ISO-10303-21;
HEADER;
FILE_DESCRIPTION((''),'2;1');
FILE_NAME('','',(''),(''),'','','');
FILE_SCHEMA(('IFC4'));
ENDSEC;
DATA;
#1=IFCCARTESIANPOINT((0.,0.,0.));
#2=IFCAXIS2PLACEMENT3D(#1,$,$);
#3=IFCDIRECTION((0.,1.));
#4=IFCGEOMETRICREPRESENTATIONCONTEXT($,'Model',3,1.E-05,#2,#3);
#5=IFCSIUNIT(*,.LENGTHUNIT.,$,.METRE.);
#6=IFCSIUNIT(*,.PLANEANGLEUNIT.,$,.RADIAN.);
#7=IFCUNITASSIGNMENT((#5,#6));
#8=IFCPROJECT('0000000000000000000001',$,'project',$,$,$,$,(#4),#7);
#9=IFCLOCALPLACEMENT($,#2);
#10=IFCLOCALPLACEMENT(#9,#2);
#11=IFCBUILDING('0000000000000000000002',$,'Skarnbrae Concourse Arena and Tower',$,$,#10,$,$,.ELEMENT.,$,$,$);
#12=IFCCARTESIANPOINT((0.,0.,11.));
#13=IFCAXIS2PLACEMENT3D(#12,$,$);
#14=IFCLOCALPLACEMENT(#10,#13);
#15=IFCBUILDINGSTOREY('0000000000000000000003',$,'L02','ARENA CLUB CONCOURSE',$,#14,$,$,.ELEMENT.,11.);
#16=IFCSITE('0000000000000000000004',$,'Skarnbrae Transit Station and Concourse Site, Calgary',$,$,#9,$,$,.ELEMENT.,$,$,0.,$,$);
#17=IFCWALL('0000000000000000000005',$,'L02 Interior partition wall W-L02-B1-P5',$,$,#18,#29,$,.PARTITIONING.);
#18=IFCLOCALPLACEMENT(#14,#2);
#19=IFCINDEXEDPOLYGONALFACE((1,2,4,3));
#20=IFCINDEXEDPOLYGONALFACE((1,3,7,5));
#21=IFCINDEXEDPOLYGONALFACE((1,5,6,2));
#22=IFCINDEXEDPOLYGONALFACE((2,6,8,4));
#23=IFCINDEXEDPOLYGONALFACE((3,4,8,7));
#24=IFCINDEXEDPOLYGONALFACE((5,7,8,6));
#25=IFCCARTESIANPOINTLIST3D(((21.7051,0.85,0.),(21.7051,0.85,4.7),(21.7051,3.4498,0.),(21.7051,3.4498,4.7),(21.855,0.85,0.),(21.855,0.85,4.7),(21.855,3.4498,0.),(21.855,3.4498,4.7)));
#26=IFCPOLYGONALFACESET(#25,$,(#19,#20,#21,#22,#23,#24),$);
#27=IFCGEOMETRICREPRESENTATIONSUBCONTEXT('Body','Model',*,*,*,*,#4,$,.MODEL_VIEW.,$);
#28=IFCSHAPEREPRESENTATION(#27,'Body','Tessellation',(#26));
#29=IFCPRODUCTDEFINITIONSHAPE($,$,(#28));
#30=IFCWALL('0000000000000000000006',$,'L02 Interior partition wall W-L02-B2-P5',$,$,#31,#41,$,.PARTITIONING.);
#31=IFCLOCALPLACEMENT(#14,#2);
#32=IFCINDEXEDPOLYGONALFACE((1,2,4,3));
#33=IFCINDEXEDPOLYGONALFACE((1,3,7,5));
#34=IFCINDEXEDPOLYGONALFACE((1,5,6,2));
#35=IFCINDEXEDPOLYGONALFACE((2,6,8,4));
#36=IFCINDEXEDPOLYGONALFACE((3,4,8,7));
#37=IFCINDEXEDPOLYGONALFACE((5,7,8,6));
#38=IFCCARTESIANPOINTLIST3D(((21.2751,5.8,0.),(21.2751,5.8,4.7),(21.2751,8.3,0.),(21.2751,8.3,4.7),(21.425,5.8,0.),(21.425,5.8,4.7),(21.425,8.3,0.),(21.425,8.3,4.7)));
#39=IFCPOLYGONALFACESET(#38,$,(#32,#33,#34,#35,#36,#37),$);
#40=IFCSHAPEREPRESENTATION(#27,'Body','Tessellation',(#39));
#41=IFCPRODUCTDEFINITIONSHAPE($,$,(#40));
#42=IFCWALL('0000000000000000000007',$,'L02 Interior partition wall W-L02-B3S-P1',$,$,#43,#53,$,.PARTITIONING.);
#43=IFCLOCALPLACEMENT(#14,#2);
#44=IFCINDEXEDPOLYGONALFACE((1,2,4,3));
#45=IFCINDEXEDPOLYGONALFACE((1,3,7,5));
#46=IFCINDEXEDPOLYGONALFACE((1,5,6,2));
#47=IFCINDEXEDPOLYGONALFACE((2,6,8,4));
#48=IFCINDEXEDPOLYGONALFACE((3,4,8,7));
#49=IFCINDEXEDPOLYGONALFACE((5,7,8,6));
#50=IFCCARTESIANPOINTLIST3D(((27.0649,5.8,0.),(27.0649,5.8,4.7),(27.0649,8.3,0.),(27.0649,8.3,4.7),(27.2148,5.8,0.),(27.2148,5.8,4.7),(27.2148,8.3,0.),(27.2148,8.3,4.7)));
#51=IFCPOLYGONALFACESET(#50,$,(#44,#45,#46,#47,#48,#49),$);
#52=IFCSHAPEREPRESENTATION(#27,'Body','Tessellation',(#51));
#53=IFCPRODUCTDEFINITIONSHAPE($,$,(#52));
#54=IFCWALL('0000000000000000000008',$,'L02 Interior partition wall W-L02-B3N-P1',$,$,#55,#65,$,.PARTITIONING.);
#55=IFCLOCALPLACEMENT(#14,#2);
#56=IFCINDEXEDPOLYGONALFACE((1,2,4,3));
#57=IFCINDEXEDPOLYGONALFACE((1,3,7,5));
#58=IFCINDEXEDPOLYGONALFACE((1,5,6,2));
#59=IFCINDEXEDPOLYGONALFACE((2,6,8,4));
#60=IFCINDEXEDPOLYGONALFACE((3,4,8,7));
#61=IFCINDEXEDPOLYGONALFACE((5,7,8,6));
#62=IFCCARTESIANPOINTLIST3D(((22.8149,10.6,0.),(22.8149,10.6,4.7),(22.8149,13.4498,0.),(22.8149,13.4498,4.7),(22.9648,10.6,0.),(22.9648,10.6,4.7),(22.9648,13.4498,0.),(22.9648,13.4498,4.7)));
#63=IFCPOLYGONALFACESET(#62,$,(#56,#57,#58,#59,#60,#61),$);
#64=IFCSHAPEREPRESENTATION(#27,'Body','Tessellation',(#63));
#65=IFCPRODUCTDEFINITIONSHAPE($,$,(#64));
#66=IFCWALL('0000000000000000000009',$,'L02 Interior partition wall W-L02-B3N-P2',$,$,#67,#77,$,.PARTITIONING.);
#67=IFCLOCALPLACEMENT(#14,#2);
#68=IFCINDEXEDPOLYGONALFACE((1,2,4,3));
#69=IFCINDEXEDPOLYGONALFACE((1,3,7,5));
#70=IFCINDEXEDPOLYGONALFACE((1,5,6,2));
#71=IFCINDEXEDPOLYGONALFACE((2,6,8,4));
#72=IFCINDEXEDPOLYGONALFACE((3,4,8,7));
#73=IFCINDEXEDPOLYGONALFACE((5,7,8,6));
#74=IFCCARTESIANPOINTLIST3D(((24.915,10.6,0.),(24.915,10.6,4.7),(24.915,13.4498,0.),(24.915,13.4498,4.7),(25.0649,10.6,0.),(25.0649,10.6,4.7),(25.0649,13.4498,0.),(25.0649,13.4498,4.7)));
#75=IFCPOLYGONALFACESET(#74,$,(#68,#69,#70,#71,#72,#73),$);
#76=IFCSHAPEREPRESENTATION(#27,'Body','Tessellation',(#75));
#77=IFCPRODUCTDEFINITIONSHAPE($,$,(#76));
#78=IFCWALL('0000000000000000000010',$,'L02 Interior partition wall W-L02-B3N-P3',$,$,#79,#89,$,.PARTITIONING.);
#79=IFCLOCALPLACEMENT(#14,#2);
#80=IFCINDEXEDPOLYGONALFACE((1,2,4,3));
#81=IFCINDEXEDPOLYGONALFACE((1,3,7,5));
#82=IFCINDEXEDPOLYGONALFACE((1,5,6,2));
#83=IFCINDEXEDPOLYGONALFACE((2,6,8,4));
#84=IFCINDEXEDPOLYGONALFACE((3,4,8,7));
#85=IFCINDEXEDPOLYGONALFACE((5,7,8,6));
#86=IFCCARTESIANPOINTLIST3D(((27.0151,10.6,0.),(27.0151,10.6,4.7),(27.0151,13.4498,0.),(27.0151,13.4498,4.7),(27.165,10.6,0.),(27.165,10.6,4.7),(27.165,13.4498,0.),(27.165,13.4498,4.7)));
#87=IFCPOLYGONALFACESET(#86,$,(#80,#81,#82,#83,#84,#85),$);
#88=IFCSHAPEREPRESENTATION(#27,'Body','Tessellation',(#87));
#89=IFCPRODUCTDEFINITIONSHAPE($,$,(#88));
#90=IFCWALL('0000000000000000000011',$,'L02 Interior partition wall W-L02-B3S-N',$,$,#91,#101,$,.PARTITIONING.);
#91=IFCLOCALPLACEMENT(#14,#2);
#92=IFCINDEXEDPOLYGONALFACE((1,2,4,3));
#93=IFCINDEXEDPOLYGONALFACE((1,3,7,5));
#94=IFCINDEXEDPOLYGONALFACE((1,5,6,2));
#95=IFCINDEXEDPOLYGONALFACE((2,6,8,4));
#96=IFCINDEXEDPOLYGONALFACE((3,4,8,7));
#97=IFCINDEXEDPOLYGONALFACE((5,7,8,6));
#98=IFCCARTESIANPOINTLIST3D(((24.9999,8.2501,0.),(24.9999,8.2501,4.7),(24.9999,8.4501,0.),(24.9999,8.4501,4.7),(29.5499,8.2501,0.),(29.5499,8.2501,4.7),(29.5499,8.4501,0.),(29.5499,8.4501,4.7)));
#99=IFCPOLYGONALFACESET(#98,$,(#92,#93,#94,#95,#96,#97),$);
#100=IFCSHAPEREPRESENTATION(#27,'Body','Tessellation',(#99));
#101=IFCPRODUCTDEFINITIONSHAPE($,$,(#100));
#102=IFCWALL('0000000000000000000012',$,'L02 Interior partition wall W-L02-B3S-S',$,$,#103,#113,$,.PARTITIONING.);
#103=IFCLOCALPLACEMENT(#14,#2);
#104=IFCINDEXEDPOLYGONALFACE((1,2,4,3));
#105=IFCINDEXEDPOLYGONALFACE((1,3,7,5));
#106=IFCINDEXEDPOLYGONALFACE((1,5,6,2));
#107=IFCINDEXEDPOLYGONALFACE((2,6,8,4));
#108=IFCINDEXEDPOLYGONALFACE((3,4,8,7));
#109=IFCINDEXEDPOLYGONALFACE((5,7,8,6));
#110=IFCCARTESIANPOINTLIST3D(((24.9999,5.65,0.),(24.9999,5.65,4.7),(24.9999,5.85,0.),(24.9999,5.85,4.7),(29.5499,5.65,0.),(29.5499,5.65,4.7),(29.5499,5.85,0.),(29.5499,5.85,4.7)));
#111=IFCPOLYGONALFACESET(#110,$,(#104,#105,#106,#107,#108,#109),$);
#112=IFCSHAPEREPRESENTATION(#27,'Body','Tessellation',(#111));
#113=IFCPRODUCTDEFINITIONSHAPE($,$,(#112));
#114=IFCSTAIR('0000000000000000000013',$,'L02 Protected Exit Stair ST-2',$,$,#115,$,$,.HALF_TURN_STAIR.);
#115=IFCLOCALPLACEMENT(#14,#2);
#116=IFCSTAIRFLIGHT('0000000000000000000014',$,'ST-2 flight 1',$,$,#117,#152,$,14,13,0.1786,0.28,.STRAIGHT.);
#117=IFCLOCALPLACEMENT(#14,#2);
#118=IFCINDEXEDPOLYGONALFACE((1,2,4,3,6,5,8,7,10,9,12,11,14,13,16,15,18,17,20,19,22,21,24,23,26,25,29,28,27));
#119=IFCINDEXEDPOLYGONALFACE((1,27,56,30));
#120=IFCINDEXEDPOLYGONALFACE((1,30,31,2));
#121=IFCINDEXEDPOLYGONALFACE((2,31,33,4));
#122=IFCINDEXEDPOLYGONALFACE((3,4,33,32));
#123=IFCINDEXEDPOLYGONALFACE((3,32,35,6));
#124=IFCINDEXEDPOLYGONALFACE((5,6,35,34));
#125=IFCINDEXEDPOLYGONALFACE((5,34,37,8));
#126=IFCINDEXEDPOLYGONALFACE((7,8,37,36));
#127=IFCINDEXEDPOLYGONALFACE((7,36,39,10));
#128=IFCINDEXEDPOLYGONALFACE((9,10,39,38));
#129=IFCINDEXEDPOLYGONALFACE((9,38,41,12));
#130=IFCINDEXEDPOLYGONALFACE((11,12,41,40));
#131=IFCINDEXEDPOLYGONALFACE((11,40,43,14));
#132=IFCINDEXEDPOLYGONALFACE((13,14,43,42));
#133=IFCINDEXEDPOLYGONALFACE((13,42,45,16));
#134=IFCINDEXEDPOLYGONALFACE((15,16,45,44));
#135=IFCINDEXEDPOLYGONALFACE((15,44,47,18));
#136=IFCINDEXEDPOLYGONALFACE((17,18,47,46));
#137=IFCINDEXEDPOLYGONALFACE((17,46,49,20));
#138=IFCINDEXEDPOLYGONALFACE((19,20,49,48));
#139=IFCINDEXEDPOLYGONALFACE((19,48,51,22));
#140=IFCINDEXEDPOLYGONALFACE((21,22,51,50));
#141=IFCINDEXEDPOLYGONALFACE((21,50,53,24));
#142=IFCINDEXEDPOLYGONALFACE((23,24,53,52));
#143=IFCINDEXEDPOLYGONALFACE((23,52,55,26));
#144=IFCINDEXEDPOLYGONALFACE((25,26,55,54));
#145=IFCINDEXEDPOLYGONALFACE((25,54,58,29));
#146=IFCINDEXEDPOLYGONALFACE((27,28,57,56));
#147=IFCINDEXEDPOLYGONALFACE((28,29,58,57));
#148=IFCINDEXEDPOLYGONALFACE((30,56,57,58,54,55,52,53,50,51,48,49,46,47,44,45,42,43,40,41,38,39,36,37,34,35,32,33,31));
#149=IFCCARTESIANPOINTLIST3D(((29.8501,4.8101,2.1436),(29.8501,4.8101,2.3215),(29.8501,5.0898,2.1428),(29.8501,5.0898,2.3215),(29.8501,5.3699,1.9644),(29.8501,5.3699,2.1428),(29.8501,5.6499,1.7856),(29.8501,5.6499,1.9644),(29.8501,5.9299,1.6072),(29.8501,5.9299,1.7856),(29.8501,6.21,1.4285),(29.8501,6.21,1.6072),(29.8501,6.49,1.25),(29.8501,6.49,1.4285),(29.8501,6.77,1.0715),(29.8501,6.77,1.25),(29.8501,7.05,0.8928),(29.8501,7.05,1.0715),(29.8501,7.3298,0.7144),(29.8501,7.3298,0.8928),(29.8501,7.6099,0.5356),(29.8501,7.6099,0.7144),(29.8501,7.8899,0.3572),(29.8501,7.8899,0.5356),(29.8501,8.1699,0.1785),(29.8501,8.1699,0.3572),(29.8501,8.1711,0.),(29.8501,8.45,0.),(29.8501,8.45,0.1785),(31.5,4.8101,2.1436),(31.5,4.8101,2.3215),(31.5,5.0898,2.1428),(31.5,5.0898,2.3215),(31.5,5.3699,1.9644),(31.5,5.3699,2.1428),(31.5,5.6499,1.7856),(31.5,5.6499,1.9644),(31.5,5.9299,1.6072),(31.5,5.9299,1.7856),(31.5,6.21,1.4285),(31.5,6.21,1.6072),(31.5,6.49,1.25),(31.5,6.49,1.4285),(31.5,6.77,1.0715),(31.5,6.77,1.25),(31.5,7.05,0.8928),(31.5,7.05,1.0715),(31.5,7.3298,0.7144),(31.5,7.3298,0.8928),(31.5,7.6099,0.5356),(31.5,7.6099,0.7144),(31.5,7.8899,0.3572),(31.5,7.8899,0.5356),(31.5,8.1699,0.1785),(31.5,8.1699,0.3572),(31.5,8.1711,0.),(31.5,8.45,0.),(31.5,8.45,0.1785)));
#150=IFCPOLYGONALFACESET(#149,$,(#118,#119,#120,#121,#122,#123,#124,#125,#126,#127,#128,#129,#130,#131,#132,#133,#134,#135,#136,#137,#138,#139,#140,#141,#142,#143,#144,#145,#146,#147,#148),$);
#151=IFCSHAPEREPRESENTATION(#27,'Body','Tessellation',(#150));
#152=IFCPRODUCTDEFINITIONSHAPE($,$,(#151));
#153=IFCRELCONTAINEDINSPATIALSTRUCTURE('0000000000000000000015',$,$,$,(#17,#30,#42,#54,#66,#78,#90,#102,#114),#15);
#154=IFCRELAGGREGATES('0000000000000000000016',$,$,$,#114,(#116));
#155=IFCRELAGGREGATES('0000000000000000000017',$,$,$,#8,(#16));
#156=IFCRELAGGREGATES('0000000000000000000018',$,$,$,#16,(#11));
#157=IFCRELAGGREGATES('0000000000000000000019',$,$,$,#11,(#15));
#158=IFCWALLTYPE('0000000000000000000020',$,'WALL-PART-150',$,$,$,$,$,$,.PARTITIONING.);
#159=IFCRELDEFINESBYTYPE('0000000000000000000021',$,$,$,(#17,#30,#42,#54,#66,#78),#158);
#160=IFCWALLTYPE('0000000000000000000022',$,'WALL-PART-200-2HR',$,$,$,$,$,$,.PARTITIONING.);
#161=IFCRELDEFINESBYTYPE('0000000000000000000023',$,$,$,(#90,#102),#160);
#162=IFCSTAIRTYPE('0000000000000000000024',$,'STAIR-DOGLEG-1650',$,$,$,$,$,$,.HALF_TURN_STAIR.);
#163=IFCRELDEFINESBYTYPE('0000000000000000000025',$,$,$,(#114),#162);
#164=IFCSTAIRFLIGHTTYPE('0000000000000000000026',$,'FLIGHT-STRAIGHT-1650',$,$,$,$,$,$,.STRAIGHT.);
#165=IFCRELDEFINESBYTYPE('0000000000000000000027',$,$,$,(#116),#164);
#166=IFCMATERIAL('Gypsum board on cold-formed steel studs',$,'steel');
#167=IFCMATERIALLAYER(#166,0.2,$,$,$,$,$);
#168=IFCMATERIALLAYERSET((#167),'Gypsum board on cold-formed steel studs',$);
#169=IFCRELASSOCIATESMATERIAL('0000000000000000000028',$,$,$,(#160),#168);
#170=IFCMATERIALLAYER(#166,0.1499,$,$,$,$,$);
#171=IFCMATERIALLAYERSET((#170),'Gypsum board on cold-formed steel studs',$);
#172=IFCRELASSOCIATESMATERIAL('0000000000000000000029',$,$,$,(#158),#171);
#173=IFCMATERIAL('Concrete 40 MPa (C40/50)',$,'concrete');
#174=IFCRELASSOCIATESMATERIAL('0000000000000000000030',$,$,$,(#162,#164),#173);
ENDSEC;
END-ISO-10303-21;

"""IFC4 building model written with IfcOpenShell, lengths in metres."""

from ifc_helpers import new_model, si_unit, direction, frame, frame_2d, origin, place, context, subcontext, project, spatial, polyline, rectangle, outline, extrude, source, transform, mapped, material, layer, layer_set, type_object, element, aggregate, save


model = new_model("IFC4")

# Units and contexts
model_context = context("Model", 3, precision=1e-05, world=origin(), true_north=direction((0.0, 1.0)))
body_context = subcontext(model_context, "Body", "Model", "MODEL_VIEW")
ifc_project = project(units=[si_unit("LENGTHUNIT", "METRE"), si_unit("PLANEANGLEUNIT", "RADIAN")], contexts=[model_context])

# Site, building, storey
site_placement = place(None, origin())
site = spatial("IfcSite", under=ifc_project, at=site_placement, Name="Skarnbrae Transit Station and Concourse Site, Calgary", CompositionType="ELEMENT", RefElevation=0.0)
building_placement = place(site_placement, origin())
building = spatial("IfcBuilding", under=site, at=building_placement, Name="Skarnbrae Concourse Arena and Tower", CompositionType="ELEMENT")
storey_placement = place(building_placement, frame((0.0, 0.0, 11.0)))
storey = spatial("IfcBuildingStorey", under=building, at=storey_placement, Name="L02", Description="ARENA CLUB CONCOURSE", CompositionType="ELEMENT", Elevation=11.0)

# Shared definitions
ifc_material_1 = material(Name="Gypsum board on cold-formed steel studs", Category="steel")
ifc_layer_1 = layer(ifc_material_1, 0.2)
ifc_layer_set_1 = layer_set([ifc_layer_1], Name="Gypsum board on cold-formed steel studs")
wall_type_1 = type_object("IfcWallType", Name="WALL-PART-200-2HR", PredefinedType="PARTITIONING", material=ifc_layer_set_1)

# Walls
ifc_layer_2 = layer(ifc_material_1, 0.1499)
ifc_layer_set_2 = layer_set([ifc_layer_2], Name="Gypsum board on cold-formed steel studs")
wall_type_2 = type_object("IfcWallType", Name="WALL-PART-150", PredefinedType="PARTITIONING", material=ifc_layer_set_2)
shared_shape_1 = source(origin(), body_context, "Body", "SweptSolid", [
    extrude(rectangle(XDim=2.5999, YDim=0.1499, at=frame_2d((1.2998, 0.0))), origin(), (0.0, 0.0, 1.0), 4.7),
])
wall_1_placement = place(storey_placement, frame((21.78, 0.8501, 0.0), z_axis=(0.0, 0.0, 1.0), x_axis=(0.0, 1.0, 0.0)))
element("IfcWall", 1, at=wall_1_placement, inside=storey, type_object=wall_type_2, Name="L02 Interior partition wall W-L02-B1-P5", PredefinedType="PARTITIONING", context=body_context, shape_type="MappedRepresentation", body=[
    mapped(shared_shape_1, transform((0.0, 0.0, 0.0))),
])
shared_shape_2 = source(origin(), body_context, "Body", "SweptSolid", [
    extrude(rectangle(XDim=2.5, YDim=0.1499, at=frame_2d((1.25, 0.0))), origin(), (0.0, 0.0, 1.0), 4.7),
])
for number, where, z_axis, x_axis, name in (
    (2, (21.3501, 5.8, 0.0), (0.0, 0.0, 1.0), (0.0, 1.0, 0.0), "L02 Interior partition wall W-L02-B2-P5"),
    (3, (27.1399, 5.8, 0.0), (0.0, 0.0, 1.0), (0.0, 1.0, 0.0), "L02 Interior partition wall W-L02-B3S-P1"),
):
    element("IfcWall", number, at=place(storey_placement, frame(where, z_axis=z_axis, x_axis=x_axis)), inside=storey, type_object=wall_type_2, Name=name, PredefinedType="PARTITIONING", context=body_context, shape_type="MappedRepresentation", body=[
        mapped(shared_shape_2, transform((0.0, 0.0, 0.0))),
    ])
shared_shape_3 = source(origin(), body_context, "Body", "SweptSolid", [
    extrude(rectangle(XDim=2.8499, YDim=0.1499, at=frame_2d((1.4248, 0.0))), origin(), (0.0, 0.0, 1.0), 4.7),
])
for number, where, z_axis, x_axis, name in (
    (4, (22.8899, 10.6001, 0.0), (0.0, 0.0, 1.0), (0.0, 1.0, 0.0), "L02 Interior partition wall W-L02-B3N-P1"),
    (5, (24.99, 10.6001, 0.0), (0.0, 0.0, 1.0), (0.0, 1.0, 0.0), "L02 Interior partition wall W-L02-B3N-P2"),
    (6, (27.0901, 10.6001, 0.0), (0.0, 0.0, 1.0), (0.0, 1.0, 0.0), "L02 Interior partition wall W-L02-B3N-P3"),
):
    element("IfcWall", number, at=place(storey_placement, frame(where, z_axis=z_axis, x_axis=x_axis)), inside=storey, type_object=wall_type_2, Name=name, PredefinedType="PARTITIONING", context=body_context, shape_type="MappedRepresentation", body=[
        mapped(shared_shape_3, transform((0.0, 0.0, 0.0))),
    ])
shared_shape_4 = source(origin(), body_context, "Body", "SweptSolid", [
    extrude(rectangle(XDim=4.55, YDim=0.2, at=frame_2d((2.2749, 0.0))), origin(), (0.0, 0.0, 1.0), 4.7),
])
for number, where, z_axis, x_axis, name in (
    (7, (25.0, 8.3501, 0.0), (0.0, 0.0, 1.0), (1.0, 0.0, 0.0), "L02 Interior partition wall W-L02-B3S-N"),
    (8, (25.0, 5.75, 0.0), (0.0, 0.0, 1.0), (1.0, 0.0, 0.0), "L02 Interior partition wall W-L02-B3S-S"),
):
    element("IfcWall", number, at=place(storey_placement, frame(where, z_axis=z_axis, x_axis=x_axis)), inside=storey, type_object=wall_type_1, Name=name, PredefinedType="PARTITIONING", context=body_context, shape_type="MappedRepresentation", body=[
        mapped(shared_shape_4, transform((0.0, 0.0, 0.0))),
    ])

# Stair, stair flight
ifc_material_2 = material(Name="Concrete 40 MPa (C40/50)", Category="concrete")
stair_type = type_object("IfcStairType", Name="STAIR-DOGLEG-1650", PredefinedType="HALF_TURN_STAIR", material=ifc_material_2)
stair_placement = place(storey_placement, origin())
stair = element("IfcStair", 9, at=stair_placement, inside=storey, type_object=stair_type, Name="L02 Protected Exit Stair ST-2", PredefinedType="HALF_TURN_STAIR")
stair_flight_type = type_object("IfcStairFlightType", Name="FLIGHT-STRAIGHT-1650", PredefinedType="STRAIGHT", material=ifc_material_2)
shared_shape_5 = source(origin(), body_context, "Body", "SweptSolid", [
    extrude(outline(polyline([(0.0, 0.0), (0.0, 0.1785), (0.28, 0.1785), (0.28, 0.3572), (0.5601, 0.3572), (0.5601, 0.5356), (0.8401, 0.5356), (0.8401, 0.7144), (1.1201, 0.7144), (1.1201, 0.8928), (1.3999, 0.8928), (1.3999, 1.0715), (1.6799, 1.0715), (1.6799, 1.25), (1.96, 1.25), (1.96, 1.4285), (2.24, 1.4285), (2.24, 1.6072), (2.52, 1.6072), (2.52, 1.7856), (2.8, 1.7856), (2.8, 1.9644), (3.0801, 1.9644), (3.0801, 2.1428), (3.3601, 2.1428), (3.3601, 2.3215), (3.6399, 2.3215), (3.6399, 2.5), (3.6399, 2.1436), (0.2788, 0.0), (0.0, 0.0)])), frame((0.0, 0.825, 0.0), z_axis=(0.0, -1.0, 0.0), x_axis=(1.0, 0.0, 0.0)), (0.0, 0.0, 1.0), 1.6499),
])
stair_flight_placement = place(storey_placement, frame((30.675, 8.45, 0.0), z_axis=(0.0, 0.0, 1.0), x_axis=(0.0, -1.0, 0.0)))
stair_flight = element("IfcStairFlight", 10, at=stair_flight_placement, type_object=stair_flight_type, Name="ST-2 flight 1", NumberOfRisers=14, NumberOfTreads=13, PredefinedType="STRAIGHT", RiserHeight=0.1786, TreadLength=0.28, context=body_context, shape_type="MappedRepresentation", body=[
    mapped(shared_shape_5, transform((0.0, 0.0, 0.0))),
])
aggregate(stair, [stair_flight])

save(model, "model.ifc")
